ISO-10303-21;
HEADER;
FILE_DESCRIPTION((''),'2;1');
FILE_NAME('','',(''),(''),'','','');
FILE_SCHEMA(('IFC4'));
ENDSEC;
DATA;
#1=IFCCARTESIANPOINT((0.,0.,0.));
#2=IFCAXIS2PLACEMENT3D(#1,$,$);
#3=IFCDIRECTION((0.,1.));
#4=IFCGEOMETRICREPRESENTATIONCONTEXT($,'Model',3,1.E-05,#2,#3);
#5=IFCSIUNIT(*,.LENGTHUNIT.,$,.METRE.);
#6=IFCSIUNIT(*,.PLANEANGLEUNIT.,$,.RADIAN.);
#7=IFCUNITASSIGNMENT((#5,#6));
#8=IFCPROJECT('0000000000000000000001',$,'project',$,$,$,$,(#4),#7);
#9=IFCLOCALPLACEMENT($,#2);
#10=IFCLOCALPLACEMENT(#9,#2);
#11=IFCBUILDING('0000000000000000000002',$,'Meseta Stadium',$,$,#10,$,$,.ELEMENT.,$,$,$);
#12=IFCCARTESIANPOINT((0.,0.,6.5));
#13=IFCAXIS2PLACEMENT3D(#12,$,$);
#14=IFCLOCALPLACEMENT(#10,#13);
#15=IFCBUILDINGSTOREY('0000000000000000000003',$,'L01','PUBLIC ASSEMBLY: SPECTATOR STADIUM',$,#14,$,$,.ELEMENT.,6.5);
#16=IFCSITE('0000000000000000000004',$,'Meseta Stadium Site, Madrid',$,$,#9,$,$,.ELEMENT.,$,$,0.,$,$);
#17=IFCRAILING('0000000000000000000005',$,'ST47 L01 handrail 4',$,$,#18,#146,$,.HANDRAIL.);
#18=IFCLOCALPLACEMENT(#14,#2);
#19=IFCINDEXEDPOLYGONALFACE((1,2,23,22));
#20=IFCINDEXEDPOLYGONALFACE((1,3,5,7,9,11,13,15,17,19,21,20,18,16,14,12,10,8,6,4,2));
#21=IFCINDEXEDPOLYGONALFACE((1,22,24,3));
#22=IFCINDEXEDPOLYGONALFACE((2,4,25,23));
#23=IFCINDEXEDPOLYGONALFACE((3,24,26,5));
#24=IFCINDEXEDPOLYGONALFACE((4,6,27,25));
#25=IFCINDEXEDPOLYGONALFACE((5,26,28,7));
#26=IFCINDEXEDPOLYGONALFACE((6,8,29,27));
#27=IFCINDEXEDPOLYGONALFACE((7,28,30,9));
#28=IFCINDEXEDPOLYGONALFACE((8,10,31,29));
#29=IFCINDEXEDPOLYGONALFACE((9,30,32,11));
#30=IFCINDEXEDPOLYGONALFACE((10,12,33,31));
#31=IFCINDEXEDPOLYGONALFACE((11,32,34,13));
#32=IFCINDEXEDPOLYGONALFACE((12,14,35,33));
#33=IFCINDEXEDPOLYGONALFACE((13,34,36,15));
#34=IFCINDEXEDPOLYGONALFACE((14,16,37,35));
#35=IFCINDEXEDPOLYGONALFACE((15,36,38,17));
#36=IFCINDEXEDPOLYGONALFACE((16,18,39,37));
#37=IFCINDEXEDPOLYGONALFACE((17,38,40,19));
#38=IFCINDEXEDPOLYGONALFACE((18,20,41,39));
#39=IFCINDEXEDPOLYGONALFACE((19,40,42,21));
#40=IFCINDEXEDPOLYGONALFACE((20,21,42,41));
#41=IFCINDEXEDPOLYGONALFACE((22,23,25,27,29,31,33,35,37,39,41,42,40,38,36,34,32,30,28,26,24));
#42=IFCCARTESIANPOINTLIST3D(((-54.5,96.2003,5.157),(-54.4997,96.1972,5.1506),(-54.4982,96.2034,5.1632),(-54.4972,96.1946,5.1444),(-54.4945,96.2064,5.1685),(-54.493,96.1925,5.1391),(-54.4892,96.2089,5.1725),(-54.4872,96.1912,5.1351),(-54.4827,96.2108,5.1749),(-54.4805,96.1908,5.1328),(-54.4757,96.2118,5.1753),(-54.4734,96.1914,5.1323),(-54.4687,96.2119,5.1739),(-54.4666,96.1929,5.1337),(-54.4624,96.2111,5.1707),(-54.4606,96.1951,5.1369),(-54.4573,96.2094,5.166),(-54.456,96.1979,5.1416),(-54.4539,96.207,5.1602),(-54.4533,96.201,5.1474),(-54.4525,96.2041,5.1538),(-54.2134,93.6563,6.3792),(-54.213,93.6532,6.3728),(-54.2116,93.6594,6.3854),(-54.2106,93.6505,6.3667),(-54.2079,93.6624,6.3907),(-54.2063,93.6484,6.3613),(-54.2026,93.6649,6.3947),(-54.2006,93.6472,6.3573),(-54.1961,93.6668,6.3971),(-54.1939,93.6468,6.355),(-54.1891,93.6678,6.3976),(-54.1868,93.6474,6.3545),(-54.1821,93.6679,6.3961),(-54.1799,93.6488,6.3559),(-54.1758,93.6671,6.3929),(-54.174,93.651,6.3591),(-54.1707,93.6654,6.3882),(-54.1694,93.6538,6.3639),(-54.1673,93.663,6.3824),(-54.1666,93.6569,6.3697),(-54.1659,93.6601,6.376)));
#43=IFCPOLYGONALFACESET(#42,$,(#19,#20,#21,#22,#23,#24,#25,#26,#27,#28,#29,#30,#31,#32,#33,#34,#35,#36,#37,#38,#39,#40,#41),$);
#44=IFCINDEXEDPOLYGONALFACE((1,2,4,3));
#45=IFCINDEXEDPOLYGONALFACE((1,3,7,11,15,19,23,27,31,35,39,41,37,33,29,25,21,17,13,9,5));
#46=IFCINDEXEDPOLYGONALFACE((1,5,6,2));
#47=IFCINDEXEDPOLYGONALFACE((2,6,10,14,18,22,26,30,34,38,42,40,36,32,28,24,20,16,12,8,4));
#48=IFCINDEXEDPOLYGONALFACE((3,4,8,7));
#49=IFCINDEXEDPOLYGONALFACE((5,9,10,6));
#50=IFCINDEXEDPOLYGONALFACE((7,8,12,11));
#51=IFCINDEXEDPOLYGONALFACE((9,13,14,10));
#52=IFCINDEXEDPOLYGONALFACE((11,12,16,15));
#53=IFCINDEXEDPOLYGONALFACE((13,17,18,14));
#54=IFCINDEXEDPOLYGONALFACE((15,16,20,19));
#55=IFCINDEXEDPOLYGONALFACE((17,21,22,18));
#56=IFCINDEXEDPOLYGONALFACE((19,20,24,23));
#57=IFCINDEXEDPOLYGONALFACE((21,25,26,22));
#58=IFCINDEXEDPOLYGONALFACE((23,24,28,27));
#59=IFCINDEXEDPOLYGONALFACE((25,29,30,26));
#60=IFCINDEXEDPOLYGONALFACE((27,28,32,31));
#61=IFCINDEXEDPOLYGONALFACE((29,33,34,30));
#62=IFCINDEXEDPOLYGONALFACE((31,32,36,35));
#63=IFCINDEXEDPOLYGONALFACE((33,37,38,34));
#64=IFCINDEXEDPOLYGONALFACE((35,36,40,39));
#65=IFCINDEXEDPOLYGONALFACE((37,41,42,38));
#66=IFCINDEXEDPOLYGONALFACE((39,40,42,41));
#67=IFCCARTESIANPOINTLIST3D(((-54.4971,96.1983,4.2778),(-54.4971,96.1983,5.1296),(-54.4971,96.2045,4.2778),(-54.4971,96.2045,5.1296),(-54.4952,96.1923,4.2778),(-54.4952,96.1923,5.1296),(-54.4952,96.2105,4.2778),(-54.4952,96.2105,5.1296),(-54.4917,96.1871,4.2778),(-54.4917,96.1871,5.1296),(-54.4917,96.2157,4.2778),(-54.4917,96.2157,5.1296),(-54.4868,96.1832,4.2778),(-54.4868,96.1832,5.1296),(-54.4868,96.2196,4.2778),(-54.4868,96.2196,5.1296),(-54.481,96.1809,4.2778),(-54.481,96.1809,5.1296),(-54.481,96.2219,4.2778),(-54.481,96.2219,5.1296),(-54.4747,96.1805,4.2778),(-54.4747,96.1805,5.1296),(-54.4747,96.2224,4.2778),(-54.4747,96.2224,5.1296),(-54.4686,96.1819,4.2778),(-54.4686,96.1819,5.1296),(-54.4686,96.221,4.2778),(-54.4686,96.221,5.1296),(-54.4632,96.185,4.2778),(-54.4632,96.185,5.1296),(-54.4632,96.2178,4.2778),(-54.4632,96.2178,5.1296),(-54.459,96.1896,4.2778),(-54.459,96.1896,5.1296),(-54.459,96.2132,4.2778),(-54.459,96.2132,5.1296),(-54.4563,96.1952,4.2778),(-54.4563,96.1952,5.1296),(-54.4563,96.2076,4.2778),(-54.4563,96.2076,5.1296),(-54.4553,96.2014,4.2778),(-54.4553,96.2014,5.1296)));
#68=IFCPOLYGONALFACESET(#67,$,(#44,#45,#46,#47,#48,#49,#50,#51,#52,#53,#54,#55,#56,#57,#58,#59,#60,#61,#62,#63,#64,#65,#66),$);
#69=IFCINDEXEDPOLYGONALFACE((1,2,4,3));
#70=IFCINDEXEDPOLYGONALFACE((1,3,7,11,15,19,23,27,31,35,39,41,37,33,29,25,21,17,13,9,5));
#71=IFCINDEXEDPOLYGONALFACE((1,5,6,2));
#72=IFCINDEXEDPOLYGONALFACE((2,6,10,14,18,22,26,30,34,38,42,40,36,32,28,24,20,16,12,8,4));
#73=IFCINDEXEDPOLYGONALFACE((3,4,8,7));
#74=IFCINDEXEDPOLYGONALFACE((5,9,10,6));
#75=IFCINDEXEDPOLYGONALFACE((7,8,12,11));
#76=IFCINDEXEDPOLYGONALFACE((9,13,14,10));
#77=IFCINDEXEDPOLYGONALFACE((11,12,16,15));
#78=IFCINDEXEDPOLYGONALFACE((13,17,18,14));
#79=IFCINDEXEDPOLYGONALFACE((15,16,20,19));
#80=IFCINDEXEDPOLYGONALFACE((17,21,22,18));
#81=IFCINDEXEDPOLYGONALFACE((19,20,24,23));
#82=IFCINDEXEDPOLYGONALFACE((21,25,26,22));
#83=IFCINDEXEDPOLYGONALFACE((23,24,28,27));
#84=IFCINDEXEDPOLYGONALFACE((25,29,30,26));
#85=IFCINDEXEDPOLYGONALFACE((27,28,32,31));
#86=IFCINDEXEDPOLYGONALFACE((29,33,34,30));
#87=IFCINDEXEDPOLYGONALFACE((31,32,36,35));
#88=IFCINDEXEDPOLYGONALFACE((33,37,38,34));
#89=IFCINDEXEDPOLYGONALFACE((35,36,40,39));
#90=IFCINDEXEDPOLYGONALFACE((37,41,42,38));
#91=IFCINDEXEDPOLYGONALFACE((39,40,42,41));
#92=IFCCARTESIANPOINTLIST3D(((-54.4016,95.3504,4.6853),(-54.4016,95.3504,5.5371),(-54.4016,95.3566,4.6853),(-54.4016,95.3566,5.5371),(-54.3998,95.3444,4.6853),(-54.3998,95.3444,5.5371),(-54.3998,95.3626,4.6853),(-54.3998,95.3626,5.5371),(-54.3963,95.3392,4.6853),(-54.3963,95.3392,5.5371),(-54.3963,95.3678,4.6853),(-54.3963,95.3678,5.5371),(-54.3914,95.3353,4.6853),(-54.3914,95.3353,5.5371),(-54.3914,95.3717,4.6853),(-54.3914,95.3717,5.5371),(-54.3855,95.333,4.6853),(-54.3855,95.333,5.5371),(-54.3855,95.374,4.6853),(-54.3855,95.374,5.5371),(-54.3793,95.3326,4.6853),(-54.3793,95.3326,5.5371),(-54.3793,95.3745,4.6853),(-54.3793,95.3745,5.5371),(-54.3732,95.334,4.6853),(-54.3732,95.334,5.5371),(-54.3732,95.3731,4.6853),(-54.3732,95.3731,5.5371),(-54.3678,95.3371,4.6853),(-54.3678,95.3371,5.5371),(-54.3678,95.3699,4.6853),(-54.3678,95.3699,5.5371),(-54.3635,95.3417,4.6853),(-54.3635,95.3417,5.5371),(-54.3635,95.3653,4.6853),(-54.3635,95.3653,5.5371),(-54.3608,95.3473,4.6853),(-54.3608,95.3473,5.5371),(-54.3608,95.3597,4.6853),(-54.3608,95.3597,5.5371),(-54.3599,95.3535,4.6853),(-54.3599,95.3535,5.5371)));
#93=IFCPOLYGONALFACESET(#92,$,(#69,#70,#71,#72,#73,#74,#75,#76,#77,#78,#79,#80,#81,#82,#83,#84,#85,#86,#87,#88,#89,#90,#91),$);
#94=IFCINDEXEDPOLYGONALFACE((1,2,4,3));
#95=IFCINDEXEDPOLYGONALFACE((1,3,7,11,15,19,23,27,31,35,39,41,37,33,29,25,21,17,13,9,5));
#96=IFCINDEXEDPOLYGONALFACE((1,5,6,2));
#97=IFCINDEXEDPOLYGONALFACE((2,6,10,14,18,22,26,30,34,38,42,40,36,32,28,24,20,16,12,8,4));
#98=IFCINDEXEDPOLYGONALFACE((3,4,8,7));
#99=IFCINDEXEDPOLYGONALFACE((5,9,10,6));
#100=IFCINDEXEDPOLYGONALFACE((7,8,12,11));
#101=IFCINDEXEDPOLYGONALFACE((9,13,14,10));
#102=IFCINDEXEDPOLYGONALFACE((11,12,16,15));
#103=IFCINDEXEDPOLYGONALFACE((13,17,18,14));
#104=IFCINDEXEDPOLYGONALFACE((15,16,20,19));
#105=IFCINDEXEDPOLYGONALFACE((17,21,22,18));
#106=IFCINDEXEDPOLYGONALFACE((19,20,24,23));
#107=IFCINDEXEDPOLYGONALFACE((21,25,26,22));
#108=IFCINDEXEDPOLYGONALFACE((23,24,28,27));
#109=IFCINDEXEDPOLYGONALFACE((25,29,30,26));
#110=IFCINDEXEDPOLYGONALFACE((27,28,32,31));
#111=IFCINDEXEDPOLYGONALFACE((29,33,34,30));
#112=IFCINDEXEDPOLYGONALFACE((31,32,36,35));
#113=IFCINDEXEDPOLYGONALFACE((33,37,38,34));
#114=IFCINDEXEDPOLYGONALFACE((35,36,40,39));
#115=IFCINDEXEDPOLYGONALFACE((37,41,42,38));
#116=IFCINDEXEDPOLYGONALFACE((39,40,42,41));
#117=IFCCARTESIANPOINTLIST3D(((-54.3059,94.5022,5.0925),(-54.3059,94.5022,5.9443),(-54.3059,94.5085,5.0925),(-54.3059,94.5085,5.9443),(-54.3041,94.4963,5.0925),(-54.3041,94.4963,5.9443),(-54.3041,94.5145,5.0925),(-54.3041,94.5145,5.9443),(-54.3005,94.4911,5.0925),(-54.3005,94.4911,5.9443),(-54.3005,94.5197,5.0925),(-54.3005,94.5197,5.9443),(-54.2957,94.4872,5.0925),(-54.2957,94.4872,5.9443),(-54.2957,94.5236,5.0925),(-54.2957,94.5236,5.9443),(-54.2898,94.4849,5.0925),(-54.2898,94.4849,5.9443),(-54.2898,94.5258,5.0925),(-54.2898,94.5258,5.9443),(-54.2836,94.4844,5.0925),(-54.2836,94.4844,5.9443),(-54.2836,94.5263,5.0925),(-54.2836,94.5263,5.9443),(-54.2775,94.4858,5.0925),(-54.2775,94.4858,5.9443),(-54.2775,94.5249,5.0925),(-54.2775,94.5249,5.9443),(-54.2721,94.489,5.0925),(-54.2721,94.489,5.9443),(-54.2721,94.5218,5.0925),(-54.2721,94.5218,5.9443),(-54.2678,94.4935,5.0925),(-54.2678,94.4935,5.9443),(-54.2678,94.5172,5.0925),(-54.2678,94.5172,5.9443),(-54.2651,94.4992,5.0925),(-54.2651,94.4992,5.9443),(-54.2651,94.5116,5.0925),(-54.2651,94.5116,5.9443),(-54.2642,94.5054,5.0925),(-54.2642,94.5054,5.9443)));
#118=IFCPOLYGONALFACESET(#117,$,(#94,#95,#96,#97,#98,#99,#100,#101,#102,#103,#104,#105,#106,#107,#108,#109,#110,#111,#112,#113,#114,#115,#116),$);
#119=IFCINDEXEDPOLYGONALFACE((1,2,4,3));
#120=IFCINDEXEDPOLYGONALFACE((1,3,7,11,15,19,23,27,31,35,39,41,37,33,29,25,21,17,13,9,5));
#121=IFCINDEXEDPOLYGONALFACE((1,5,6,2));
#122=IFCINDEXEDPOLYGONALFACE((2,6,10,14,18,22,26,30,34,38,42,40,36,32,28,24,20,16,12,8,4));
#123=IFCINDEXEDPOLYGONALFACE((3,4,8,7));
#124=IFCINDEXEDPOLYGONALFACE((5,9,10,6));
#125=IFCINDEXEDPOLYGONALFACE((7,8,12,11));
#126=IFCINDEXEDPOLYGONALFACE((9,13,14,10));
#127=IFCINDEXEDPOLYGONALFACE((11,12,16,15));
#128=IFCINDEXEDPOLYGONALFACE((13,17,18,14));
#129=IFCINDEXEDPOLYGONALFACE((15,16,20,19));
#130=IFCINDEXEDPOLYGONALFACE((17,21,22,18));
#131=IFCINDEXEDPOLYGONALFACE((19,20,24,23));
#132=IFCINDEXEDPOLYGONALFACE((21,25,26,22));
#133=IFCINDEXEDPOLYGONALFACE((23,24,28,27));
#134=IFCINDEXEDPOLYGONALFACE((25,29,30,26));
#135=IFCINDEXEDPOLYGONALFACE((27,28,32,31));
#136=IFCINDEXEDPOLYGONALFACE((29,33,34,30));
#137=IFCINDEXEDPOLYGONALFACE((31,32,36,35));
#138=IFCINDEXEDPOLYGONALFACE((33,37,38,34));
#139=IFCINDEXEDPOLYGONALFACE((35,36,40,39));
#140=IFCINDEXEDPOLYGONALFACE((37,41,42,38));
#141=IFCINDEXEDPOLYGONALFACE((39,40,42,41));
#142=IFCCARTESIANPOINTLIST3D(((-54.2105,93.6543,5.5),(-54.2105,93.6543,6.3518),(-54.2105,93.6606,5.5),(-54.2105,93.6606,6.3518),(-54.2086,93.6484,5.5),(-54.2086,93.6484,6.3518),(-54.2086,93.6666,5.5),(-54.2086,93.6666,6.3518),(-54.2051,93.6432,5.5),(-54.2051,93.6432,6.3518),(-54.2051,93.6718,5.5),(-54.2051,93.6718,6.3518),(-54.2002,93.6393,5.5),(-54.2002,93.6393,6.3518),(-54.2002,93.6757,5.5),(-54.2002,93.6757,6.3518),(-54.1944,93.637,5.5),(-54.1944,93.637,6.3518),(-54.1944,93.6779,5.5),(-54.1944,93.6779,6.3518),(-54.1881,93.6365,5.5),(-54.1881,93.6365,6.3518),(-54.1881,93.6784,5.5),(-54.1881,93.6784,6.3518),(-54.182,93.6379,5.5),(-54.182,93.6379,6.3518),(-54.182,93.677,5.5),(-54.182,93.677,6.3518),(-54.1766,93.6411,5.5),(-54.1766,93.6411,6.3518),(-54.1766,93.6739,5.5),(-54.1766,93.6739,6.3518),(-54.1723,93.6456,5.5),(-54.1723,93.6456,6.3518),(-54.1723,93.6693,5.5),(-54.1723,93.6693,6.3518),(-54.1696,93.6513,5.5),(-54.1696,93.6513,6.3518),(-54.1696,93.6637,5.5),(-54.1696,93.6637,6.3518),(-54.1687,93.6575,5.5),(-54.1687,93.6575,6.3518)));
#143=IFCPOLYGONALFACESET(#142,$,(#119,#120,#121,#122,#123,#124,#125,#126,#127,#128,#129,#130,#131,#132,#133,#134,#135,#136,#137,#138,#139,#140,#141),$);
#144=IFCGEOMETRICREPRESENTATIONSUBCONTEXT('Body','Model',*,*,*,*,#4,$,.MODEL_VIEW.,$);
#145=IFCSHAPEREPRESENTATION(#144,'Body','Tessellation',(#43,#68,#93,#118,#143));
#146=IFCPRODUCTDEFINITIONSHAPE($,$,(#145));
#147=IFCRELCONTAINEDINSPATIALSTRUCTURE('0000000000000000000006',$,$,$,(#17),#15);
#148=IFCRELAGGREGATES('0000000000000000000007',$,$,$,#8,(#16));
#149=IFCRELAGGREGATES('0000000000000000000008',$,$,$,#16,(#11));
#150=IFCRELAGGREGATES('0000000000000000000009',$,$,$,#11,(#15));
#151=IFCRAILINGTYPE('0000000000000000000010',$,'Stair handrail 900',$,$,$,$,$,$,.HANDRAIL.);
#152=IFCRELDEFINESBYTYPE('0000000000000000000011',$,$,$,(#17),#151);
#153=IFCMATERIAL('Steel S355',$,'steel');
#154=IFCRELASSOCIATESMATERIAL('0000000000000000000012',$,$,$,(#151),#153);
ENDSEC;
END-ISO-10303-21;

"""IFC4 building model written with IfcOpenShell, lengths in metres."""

from ifc_helpers import new_model, si_unit, direction, frame, origin, origin_2d, place, context, subcontext, project, spatial, circle, extrude, material, type_object, element, save


model = new_model("IFC4")

# Units and contexts
model_context = context("Model", 3, precision=1e-05, world=origin(), true_north=direction((0.0, 1.0)))
body_context = subcontext(model_context, "Body", "Model", "MODEL_VIEW")
ifc_project = project(units=[si_unit("LENGTHUNIT", "METRE"), si_unit("PLANEANGLEUNIT", "RADIAN")], contexts=[model_context])

# Site, building, storey
site_placement = place(None, origin())
site = spatial("IfcSite", under=ifc_project, at=site_placement, Name="Meseta Stadium Site, Madrid", CompositionType="ELEMENT", RefElevation=0.0)
building_placement = place(site_placement, origin())
building = spatial("IfcBuilding", under=site, at=building_placement, Name="Meseta Stadium", CompositionType="ELEMENT")
storey_placement = place(building_placement, frame((0.0, 0.0, 6.5)))
storey = spatial("IfcBuildingStorey", under=building, at=storey_placement, Name="L01", Description="PUBLIC ASSEMBLY: SPECTATOR STADIUM", CompositionType="ELEMENT", Elevation=6.5)

# Railing
ifc_material_1 = material(Name="Steel S355", Category="steel")
railing_type_1 = type_object("IfcRailingType", Name="Stair handrail 900", PredefinedType="HANDRAIL", material=ifc_material_1)
for number, where, name in (
    (1, (-54.4763, 96.2014, 4.2778), "ST47 L01 handrail 4"),
):
    element("IfcRailing", number, at=place(storey_placement, frame(where)), inside=storey, type_object=railing_type_1, Name=name, PredefinedType="HANDRAIL", context=body_context, shape_type="SweptSolid", body=[
        extrude(circle(Radius=0.0239, at=origin_2d()), frame((0.0, 0.0, 0.876), z_axis=(0.101036, -0.896762, 0.430824), x_axis=(0.993713, 0.11196, 0.0)), (0.0, 0.0, 1.0), 2.8369),
        extrude(circle(Radius=0.021, at=origin_2d()), origin(), (0.0, 0.0, 1.0), 0.8518),
        extrude(circle(Radius=0.021, at=origin_2d()), frame((0.0955, -0.8479, 0.4075)), (0.0, 0.0, 1.0), 0.8518),
        extrude(circle(Radius=0.021, at=origin_2d()), frame((0.1912, -1.696, 0.8147)), (0.0, 0.0, 1.0), 0.8518),
        extrude(circle(Radius=0.021, at=origin_2d()), frame((0.2866, -2.5439, 1.2222)), (0.0, 0.0, 1.0), 0.8518),
    ])

save(model, "model.ifc")
